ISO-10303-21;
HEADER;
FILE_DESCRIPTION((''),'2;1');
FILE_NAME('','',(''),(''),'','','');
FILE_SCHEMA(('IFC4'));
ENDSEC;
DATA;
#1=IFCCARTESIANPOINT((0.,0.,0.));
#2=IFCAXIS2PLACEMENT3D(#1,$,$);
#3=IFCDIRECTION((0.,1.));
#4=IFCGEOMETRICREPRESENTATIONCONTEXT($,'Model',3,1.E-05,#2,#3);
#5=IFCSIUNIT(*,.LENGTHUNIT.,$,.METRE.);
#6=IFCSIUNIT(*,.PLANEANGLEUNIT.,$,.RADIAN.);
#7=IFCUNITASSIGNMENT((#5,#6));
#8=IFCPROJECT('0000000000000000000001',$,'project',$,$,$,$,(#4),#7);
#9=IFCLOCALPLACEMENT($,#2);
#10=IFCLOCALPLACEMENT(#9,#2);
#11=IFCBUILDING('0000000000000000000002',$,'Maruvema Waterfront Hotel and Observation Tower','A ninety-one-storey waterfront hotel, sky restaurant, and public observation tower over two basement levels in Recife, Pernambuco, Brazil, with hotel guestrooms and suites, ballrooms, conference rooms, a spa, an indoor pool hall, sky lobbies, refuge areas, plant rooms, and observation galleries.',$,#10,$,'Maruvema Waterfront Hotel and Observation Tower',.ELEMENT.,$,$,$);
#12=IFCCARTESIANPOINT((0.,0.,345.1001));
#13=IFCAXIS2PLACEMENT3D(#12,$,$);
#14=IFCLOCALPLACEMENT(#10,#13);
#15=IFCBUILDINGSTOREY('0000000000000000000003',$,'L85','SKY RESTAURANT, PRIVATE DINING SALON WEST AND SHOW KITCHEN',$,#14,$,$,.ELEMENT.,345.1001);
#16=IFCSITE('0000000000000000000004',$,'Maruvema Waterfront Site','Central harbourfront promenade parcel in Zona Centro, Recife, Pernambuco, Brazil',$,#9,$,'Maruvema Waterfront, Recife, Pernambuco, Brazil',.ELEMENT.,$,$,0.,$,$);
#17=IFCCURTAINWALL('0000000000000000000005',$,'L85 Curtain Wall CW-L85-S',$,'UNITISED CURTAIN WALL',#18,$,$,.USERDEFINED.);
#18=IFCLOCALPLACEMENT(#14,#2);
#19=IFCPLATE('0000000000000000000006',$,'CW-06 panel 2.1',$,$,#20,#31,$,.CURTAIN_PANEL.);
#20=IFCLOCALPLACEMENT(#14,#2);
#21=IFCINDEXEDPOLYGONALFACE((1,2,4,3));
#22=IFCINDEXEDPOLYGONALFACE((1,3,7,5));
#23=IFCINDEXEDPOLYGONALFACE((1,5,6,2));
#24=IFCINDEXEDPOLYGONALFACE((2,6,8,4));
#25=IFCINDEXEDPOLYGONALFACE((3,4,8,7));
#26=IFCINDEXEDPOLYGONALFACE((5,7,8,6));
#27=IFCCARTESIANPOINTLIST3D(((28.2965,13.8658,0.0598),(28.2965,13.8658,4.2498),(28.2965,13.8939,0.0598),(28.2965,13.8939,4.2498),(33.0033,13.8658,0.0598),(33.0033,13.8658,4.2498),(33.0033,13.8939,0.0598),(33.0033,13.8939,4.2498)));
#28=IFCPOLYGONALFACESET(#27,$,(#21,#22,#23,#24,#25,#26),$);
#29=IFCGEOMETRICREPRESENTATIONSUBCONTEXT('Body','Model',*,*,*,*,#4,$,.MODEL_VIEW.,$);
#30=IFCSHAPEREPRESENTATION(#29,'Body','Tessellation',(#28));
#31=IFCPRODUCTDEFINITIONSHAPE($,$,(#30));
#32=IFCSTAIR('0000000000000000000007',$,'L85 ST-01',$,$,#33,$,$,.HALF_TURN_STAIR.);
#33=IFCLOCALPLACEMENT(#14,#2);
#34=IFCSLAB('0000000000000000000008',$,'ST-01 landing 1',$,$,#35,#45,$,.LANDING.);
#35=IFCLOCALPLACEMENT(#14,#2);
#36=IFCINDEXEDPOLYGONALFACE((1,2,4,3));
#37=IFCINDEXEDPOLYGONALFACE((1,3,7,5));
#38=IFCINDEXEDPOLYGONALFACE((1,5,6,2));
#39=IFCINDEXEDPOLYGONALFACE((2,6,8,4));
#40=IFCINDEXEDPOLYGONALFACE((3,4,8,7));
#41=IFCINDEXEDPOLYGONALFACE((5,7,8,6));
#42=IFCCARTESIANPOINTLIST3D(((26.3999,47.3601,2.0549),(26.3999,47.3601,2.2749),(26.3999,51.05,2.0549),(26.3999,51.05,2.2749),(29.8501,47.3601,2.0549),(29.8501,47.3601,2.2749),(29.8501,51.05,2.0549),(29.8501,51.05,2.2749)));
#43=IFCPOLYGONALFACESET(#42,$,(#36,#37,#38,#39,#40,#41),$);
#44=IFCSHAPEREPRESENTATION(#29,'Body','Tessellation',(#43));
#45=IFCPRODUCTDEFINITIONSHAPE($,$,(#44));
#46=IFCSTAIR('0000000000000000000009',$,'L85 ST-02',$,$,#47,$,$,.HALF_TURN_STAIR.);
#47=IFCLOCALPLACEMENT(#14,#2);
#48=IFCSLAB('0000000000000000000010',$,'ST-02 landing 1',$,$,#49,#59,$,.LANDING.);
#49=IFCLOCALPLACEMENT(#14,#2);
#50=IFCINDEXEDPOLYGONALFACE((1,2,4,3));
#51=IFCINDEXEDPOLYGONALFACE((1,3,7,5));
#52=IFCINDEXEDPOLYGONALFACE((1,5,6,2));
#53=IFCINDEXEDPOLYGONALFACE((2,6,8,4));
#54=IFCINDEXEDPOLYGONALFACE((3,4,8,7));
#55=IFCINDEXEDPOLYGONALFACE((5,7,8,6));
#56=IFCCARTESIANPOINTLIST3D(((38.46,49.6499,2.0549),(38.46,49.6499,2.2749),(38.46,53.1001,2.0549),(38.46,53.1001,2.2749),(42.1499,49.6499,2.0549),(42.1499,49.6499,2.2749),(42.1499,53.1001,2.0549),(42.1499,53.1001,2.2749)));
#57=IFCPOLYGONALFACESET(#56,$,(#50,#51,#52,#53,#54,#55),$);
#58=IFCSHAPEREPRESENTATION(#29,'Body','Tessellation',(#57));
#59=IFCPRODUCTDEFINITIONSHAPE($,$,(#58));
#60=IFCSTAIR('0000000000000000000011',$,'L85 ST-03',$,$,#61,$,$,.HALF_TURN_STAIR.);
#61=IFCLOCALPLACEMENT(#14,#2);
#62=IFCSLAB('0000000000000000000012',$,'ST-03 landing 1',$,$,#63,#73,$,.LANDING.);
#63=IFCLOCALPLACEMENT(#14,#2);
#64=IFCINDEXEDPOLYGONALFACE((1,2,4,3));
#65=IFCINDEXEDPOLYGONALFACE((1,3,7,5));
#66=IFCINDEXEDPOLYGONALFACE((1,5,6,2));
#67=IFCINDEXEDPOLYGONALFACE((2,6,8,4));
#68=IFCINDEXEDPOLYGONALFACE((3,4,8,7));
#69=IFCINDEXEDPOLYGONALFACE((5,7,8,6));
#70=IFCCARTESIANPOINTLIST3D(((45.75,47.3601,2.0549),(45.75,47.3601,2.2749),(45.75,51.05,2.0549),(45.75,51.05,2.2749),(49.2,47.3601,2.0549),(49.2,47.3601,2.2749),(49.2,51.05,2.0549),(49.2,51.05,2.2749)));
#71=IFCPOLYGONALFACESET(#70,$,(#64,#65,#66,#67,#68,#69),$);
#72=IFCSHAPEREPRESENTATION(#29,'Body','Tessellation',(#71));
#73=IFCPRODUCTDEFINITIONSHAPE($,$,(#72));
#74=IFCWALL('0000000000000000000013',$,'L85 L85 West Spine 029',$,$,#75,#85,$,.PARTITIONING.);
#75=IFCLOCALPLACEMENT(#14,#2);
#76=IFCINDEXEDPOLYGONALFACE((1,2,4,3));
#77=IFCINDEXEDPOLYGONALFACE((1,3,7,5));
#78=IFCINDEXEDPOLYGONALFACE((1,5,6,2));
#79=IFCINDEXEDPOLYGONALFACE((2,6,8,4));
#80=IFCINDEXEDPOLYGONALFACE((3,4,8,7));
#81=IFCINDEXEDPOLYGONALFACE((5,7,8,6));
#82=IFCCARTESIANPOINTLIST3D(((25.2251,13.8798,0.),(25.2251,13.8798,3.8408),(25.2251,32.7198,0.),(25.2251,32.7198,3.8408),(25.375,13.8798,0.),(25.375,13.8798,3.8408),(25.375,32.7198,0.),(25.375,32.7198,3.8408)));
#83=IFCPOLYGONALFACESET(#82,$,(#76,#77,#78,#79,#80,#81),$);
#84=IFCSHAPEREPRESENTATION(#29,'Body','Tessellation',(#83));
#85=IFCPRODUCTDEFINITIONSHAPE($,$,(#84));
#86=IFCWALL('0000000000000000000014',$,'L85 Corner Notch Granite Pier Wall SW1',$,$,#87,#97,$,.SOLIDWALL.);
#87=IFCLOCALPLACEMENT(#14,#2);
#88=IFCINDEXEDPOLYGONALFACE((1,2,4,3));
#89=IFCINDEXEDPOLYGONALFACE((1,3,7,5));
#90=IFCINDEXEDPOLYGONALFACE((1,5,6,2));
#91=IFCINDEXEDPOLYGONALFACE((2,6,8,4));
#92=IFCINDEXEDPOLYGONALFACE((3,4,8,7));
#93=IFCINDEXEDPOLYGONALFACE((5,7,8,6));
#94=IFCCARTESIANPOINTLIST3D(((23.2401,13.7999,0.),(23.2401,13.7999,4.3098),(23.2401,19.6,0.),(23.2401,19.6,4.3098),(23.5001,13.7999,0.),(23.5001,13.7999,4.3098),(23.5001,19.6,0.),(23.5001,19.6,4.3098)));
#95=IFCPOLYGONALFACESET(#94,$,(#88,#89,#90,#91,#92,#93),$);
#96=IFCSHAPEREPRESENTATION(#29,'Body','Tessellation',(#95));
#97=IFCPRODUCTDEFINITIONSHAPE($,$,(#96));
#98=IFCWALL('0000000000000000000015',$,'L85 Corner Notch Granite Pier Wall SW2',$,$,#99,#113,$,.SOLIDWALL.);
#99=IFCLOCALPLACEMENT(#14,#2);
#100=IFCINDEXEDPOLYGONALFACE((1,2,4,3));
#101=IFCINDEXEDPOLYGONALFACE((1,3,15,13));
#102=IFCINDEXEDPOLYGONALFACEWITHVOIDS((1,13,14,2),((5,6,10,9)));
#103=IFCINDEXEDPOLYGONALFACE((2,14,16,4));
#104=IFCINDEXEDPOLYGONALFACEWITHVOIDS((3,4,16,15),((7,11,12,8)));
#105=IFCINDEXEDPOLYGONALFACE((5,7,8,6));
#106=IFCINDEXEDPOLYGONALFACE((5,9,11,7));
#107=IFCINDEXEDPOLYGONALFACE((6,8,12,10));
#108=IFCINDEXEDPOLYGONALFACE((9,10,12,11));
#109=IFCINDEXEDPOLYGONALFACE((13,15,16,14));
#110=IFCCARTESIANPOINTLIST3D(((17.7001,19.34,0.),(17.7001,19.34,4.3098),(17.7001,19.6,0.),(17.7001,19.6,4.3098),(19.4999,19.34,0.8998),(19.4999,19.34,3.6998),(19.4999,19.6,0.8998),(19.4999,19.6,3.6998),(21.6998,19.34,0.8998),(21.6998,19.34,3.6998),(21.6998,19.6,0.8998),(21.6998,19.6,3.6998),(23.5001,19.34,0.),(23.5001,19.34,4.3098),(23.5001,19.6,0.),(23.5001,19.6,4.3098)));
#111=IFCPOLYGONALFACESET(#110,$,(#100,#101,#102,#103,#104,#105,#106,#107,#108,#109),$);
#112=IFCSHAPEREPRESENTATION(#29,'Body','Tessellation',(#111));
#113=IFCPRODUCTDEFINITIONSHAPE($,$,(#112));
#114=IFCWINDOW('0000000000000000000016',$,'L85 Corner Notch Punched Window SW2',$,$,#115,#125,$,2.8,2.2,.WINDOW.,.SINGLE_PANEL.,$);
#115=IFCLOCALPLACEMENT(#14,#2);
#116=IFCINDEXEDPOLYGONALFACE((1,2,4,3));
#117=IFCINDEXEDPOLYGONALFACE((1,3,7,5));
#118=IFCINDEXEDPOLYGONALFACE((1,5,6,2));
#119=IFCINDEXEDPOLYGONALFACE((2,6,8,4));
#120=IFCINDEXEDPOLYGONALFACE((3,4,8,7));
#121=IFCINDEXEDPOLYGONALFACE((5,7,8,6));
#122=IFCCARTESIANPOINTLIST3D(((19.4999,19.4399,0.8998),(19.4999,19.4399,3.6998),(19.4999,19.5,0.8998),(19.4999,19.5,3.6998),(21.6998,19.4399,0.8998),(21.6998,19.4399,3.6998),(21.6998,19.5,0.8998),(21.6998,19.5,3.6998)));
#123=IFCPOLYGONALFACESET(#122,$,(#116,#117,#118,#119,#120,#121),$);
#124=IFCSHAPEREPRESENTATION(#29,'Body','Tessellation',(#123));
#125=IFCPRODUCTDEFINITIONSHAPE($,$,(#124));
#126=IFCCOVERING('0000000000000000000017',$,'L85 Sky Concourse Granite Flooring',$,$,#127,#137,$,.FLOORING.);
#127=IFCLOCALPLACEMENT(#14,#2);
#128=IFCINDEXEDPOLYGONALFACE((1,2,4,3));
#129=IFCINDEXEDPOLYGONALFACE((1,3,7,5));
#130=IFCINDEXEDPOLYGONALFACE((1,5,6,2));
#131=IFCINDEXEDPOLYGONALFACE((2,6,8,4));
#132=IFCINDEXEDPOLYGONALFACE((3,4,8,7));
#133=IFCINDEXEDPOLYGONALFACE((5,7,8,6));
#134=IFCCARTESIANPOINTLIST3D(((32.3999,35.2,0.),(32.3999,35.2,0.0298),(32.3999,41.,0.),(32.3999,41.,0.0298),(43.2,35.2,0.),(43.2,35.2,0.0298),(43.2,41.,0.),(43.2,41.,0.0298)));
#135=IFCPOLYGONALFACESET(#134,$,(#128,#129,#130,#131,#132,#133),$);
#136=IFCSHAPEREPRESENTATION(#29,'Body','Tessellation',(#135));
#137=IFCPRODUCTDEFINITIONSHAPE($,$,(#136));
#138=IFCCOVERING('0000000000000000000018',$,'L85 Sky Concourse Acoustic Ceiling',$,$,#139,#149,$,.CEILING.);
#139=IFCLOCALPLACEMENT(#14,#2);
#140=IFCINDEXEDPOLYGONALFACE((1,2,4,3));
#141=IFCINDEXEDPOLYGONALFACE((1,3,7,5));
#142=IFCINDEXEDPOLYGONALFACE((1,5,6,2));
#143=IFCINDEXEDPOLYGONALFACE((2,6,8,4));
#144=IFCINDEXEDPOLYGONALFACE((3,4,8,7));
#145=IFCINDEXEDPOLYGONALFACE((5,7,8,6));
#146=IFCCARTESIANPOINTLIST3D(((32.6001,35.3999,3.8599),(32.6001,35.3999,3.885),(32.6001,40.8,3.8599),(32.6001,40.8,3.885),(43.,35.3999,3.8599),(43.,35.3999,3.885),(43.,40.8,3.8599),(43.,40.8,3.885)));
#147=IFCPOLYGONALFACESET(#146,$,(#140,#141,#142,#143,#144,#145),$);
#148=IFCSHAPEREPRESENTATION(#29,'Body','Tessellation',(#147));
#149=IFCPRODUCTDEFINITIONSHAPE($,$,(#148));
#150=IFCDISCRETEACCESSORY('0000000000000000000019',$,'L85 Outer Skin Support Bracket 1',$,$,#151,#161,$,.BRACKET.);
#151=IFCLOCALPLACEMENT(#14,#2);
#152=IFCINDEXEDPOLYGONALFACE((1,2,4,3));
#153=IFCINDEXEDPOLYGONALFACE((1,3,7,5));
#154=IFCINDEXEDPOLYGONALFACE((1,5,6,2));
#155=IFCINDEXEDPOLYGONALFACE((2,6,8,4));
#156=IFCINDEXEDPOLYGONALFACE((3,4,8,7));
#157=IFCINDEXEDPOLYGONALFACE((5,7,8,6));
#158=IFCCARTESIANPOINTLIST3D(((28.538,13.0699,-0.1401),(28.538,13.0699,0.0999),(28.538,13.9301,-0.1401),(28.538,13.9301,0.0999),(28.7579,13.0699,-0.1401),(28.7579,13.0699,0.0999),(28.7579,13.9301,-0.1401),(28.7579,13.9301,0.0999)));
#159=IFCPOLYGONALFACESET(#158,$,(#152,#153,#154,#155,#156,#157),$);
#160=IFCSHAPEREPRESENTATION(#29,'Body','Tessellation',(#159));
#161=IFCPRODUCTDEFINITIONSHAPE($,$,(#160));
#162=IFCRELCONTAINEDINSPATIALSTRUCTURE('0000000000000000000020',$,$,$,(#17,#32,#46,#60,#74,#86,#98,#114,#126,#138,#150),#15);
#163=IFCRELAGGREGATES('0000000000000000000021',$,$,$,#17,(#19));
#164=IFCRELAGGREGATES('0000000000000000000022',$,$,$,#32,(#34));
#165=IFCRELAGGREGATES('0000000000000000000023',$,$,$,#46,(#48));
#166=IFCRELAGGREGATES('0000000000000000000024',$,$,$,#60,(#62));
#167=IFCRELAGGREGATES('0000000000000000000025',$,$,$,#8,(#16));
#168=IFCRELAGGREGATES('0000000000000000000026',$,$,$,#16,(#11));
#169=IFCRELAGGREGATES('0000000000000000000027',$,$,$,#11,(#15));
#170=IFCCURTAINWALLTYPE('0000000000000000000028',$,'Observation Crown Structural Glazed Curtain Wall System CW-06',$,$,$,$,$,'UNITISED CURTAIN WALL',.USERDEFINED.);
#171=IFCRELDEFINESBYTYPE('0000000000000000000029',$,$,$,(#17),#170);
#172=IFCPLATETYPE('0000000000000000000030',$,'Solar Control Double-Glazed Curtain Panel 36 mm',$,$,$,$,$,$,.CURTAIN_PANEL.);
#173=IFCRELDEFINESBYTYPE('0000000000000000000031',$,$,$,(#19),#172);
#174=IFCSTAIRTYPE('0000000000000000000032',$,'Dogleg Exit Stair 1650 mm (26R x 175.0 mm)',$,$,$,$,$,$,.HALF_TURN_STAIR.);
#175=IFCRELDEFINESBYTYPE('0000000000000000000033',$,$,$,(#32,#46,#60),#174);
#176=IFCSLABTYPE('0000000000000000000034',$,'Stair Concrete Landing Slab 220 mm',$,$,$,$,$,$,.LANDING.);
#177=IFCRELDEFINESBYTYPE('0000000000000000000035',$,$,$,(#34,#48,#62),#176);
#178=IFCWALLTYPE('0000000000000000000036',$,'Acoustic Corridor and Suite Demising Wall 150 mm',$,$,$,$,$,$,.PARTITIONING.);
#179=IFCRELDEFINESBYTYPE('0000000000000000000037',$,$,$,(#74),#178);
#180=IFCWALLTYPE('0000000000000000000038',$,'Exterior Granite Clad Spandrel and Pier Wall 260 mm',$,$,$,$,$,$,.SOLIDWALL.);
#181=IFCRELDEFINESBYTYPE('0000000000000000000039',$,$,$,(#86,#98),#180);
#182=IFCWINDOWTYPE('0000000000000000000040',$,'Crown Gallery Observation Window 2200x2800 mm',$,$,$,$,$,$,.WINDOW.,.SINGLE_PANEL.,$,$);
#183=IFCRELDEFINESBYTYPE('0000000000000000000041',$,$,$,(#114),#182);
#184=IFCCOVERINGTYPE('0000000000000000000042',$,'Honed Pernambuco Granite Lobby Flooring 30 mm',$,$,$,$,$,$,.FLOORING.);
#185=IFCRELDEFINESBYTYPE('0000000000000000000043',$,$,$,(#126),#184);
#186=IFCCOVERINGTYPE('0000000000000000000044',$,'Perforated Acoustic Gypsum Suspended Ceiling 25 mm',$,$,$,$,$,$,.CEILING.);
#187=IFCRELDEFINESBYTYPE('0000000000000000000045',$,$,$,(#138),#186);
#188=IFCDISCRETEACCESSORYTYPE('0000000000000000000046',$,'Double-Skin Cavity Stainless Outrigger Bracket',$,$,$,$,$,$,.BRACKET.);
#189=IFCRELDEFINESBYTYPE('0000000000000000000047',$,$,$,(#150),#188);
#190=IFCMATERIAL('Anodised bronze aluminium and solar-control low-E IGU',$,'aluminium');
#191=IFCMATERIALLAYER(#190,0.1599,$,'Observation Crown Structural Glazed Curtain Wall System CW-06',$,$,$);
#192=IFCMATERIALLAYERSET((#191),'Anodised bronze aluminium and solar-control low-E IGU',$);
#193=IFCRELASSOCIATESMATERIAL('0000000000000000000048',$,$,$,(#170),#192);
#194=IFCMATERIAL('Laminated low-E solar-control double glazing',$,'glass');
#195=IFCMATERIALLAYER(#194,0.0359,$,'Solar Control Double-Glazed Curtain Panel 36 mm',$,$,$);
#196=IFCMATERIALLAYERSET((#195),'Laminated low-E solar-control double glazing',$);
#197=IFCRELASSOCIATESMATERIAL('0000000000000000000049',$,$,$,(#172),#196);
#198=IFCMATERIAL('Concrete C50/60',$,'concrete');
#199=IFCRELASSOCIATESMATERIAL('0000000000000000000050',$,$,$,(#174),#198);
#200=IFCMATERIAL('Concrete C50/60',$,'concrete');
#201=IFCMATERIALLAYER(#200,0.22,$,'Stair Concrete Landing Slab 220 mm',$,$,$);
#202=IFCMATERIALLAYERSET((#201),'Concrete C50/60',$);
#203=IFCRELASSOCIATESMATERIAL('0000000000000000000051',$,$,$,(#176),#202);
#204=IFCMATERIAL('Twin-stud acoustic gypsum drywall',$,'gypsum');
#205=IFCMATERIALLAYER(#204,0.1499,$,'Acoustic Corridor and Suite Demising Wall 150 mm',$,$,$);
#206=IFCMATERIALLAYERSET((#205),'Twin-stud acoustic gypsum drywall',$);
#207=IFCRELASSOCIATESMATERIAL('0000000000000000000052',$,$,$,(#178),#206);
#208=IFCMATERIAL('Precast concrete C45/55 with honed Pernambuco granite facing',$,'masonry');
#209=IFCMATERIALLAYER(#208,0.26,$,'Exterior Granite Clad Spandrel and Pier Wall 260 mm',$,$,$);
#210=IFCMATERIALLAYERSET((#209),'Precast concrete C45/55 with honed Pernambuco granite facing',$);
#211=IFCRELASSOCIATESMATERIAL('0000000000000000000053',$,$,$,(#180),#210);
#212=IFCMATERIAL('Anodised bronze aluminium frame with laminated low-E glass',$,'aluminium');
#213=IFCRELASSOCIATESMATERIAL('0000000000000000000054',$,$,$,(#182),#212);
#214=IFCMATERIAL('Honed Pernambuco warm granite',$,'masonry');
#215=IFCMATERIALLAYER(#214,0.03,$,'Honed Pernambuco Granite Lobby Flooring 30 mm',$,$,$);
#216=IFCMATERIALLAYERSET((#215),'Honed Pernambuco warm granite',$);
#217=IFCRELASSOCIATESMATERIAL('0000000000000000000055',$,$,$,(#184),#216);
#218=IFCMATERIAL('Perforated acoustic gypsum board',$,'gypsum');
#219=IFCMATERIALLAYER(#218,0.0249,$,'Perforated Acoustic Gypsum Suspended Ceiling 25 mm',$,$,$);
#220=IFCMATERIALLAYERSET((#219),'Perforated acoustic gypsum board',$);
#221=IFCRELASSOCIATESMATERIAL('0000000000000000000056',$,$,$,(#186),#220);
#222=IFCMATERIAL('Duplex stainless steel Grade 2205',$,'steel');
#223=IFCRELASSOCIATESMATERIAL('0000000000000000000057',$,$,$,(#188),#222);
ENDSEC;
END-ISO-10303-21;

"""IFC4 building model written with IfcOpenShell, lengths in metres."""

from ifc_helpers import new_model, si_unit, direction, frame, frame_2d, origin, origin_2d, place, context, subcontext, project, spatial, polyline, rectangle, outline, extrude, material, layer, layer_set, type_object, element, fill, aggregate, save


model = new_model("IFC4")

# Units and contexts
model_context = context("Model", 3, precision=1e-05, world=origin(), true_north=direction((0.0, 1.0)))
body_context = subcontext(model_context, "Body", "Model", "MODEL_VIEW")
ifc_project = project(units=[si_unit("LENGTHUNIT", "METRE"), si_unit("PLANEANGLEUNIT", "RADIAN")], contexts=[model_context])

# Site, building, storey
site_placement = place(None, origin())
site = spatial("IfcSite", under=ifc_project, at=site_placement, Name="Maruvema Waterfront Site", Description="Central harbourfront promenade parcel in Zona Centro, Recife, Pernambuco, Brazil", LongName="Maruvema Waterfront, Recife, Pernambuco, Brazil", CompositionType="ELEMENT", RefElevation=0.0)
building_placement = place(site_placement, origin())
building = spatial("IfcBuilding", under=site, at=building_placement, Name="Maruvema Waterfront Hotel and Observation Tower", Description="A ninety-one-storey waterfront hotel, sky restaurant, and public observation tower over two basement levels in Recife, Pernambuco, Brazil, with hotel guestrooms and suites, ballrooms, conference rooms, a spa, an indoor pool hall, sky lobbies, refuge areas, plant rooms, and observation galleries.", LongName="Maruvema Waterfront Hotel and Observation Tower", CompositionType="ELEMENT")
storey_placement = place(building_placement, frame((0.0, 0.0, 345.1001)))
storey = spatial("IfcBuildingStorey", under=building, at=storey_placement, Name="L85", Description="SKY RESTAURANT, PRIVATE DINING SALON WEST AND SHOW KITCHEN", CompositionType="ELEMENT", Elevation=345.1001)

# Curtain wall
ifc_material_1 = material(Name="Anodised bronze aluminium and solar-control low-E IGU", Category="aluminium")
ifc_layer_1 = layer(ifc_material_1, 0.1599, Name="Observation Crown Structural Glazed Curtain Wall System CW-06")
ifc_layer_set_1 = layer_set([ifc_layer_1], Name="Anodised bronze aluminium and solar-control low-E IGU")
curtain_wall_type = type_object("IfcCurtainWallType", Name="Observation Crown Structural Glazed Curtain Wall System CW-06", ElementType="UNITISED CURTAIN WALL", PredefinedType="USERDEFINED", material=ifc_layer_set_1)
curtain_wall_placement = place(storey_placement, origin())
curtain_wall = element("IfcCurtainWall", 1, at=curtain_wall_placement, inside=storey, type_object=curtain_wall_type, Name="L85 Curtain Wall CW-L85-S", ObjectType="UNITISED CURTAIN WALL", PredefinedType="USERDEFINED")

# Plate
ifc_material_2 = material(Name="Laminated low-E solar-control double glazing", Category="glass")
ifc_layer_2 = layer(ifc_material_2, 0.0359, Name="Solar Control Double-Glazed Curtain Panel 36 mm")
ifc_layer_set_2 = layer_set([ifc_layer_2], Name="Laminated low-E solar-control double glazing")
plate_type = type_object("IfcPlateType", Name="Solar Control Double-Glazed Curtain Panel 36 mm", PredefinedType="CURTAIN_PANEL", material=ifc_layer_set_2)
plate_1_placement = place(storey_placement, frame((30.6499, 13.8799, 0.0598), z_axis=(0.0, 0.0, 1.0), x_axis=(1.0, 0.0, 0.0)))
plate_1 = element("IfcPlate", 2, at=plate_1_placement, type_object=plate_type, Name="CW-06 panel 2.1", PredefinedType="CURTAIN_PANEL", context=body_context, shape_type="SweptSolid", body=[
    extrude(rectangle(XDim=4.7068, YDim=0.0281, at=origin_2d()), origin(), (0.0, 0.0, 1.0), 4.1899),
])
aggregate(curtain_wall, [plate_1])

# Stairs, slabs
ifc_material_3 = material(Name="Concrete C50/60", Category="concrete")
stair_type = type_object("IfcStairType", Name="Dogleg Exit Stair 1650 mm (26R x 175.0 mm)", PredefinedType="HALF_TURN_STAIR", material=ifc_material_3)
stair_1_placement = place(storey_placement, origin())
stair_1 = element("IfcStair", 3, at=stair_1_placement, inside=storey, type_object=stair_type, Name="L85 ST-01", PredefinedType="HALF_TURN_STAIR")
ifc_material_4 = material(Name="Concrete C50/60", Category="concrete")
ifc_layer_3 = layer(ifc_material_4, 0.22, Name="Stair Concrete Landing Slab 220 mm")
ifc_layer_set_3 = layer_set([ifc_layer_3], Name="Concrete C50/60")
slab_type_1 = type_object("IfcSlabType", Name="Stair Concrete Landing Slab 220 mm", PredefinedType="LANDING", material=ifc_layer_set_3)
slab_1_placement = place(storey_placement, frame((0.0, 0.0, 2.0549)))
slab_1 = element("IfcSlab", 4, at=slab_1_placement, type_object=slab_type_1, Name="ST-01 landing 1", PredefinedType="LANDING", context=body_context, shape_type="SweptSolid", body=[
    extrude(outline(polyline([(29.8501, 47.3601), (29.8501, 51.05), (26.3999, 51.05), (26.3999, 47.3601), (29.8501, 47.3601)])), origin(), (0.0, 0.0, 1.0), 0.22),
])
aggregate(stair_1, [slab_1])
stair_2_placement = place(storey_placement, origin())
stair_2 = element("IfcStair", 5, at=stair_2_placement, inside=storey, type_object=stair_type, Name="L85 ST-02", PredefinedType="HALF_TURN_STAIR")
slab_2_placement = place(storey_placement, frame((0.0, 0.0, 2.0549)))
slab_2 = element("IfcSlab", 6, at=slab_2_placement, type_object=slab_type_1, Name="ST-02 landing 1", PredefinedType="LANDING", context=body_context, shape_type="SweptSolid", body=[
    extrude(outline(polyline([(38.46, 49.6499), (42.1499, 49.6499), (42.1499, 53.1001), (38.46, 53.1001), (38.46, 49.6499)])), origin(), (0.0, 0.0, 1.0), 0.22),
])
aggregate(stair_2, [slab_2])
stair_3_placement = place(storey_placement, origin())
stair_3 = element("IfcStair", 7, at=stair_3_placement, inside=storey, type_object=stair_type, Name="L85 ST-03", PredefinedType="HALF_TURN_STAIR")
slab_3_placement = place(storey_placement, frame((0.0, 0.0, 2.0549)))
slab_3 = element("IfcSlab", 8, at=slab_3_placement, type_object=slab_type_1, Name="ST-03 landing 1", PredefinedType="LANDING", context=body_context, shape_type="SweptSolid", body=[
    extrude(outline(polyline([(49.2, 47.3601), (49.2, 51.05), (45.75, 51.05), (45.75, 47.3601), (49.2, 47.3601)])), origin(), (0.0, 0.0, 1.0), 0.22),
])
aggregate(stair_3, [slab_3])

# Walls
ifc_material_5 = material(Name="Twin-stud acoustic gypsum drywall", Category="gypsum")
ifc_layer_4 = layer(ifc_material_5, 0.1499, Name="Acoustic Corridor and Suite Demising Wall 150 mm")
ifc_layer_set_4 = layer_set([ifc_layer_4], Name="Twin-stud acoustic gypsum drywall")
wall_type_1 = type_object("IfcWallType", Name="Acoustic Corridor and Suite Demising Wall 150 mm", PredefinedType="PARTITIONING", material=ifc_layer_set_4)
wall_1_placement = place(storey_placement, frame((25.3, 13.8799, 0.0), z_axis=(0.0, 0.0, 1.0), x_axis=(0.0, 1.0, 0.0)))
element("IfcWall", 9, at=wall_1_placement, inside=storey, type_object=wall_type_1, Name="L85 L85 West Spine 029", PredefinedType="PARTITIONING", context=body_context, shape_type="SweptSolid", body=[
    extrude(rectangle(XDim=18.8401, YDim=0.1499, at=frame_2d((9.4199, 0.0))), origin(), (0.0, 0.0, 1.0), 3.8408),
])
ifc_material_6 = material(Name="Precast concrete C45/55 with honed Pernambuco granite facing", Category="masonry")
ifc_layer_5 = layer(ifc_material_6, 0.26, Name="Exterior Granite Clad Spandrel and Pier Wall 260 mm")
ifc_layer_set_5 = layer_set([ifc_layer_5], Name="Precast concrete C45/55 with honed Pernambuco granite facing")
wall_type_2 = type_object("IfcWallType", Name="Exterior Granite Clad Spandrel and Pier Wall 260 mm", PredefinedType="SOLIDWALL", material=ifc_layer_set_5)
wall_2_placement = place(storey_placement, frame((23.3701, 13.8, 0.0), z_axis=(0.0, 0.0, 1.0), x_axis=(0.0, 1.0, 0.0)))
element("IfcWall", 10, at=wall_2_placement, inside=storey, type_object=wall_type_2, Name="L85 Corner Notch Granite Pier Wall SW1", PredefinedType="SOLIDWALL", context=body_context, shape_type="SweptSolid", body=[
    extrude(rectangle(XDim=5.8, YDim=0.26, at=frame_2d((2.8999, 0.0))), origin(), (0.0, 0.0, 1.0), 4.3098),
])

# Wall, opening, window
wall_3_placement = place(storey_placement, frame((23.5, 19.47, 0.0), z_axis=(0.0, 0.0, 1.0), x_axis=(-1.0, 0.0, 0.0)))
wall_3 = element("IfcWall", 11, at=wall_3_placement, inside=storey, type_object=wall_type_2, Name="L85 Corner Notch Granite Pier Wall SW2", PredefinedType="SOLIDWALL", context=body_context, shape_type="SweptSolid", body=[
    extrude(rectangle(XDim=5.8, YDim=0.26, at=frame_2d((2.8999, 0.0))), origin(), (0.0, 0.0, 1.0), 4.3098),
])
opening_placement = place(wall_3_placement, frame((1.8, 0.0, 0.8999)))
opening = element("IfcOpeningElement", 12, at=opening_placement, cuts=wall_3, PredefinedType="OPENING", context=body_context, shape_type="SweptSolid", body=[
    extrude(rectangle(XDim=2.2, YDim=2.8, at=frame_2d((1.1001, 1.3999))), frame((0.0, 0.1401, 0.0), z_axis=(0.0, -1.0, 0.0), x_axis=(1.0, 0.0, 0.0)), (0.0, 0.0, 1.0), 0.28),
])
ifc_material_7 = material(Name="Anodised bronze aluminium frame with laminated low-E glass", Category="aluminium")
window_type = type_object("IfcWindowType", Name="Crown Gallery Observation Window 2200x2800 mm", PartitioningType="SINGLE_PANEL", PredefinedType="WINDOW", material=ifc_material_7)
window_placement = place(opening_placement, origin())
window = element("IfcWindow", 13, at=window_placement, inside=storey, type_object=window_type, Name="L85 Corner Notch Punched Window SW2", OverallHeight=2.8, OverallWidth=2.2, PartitioningType="SINGLE_PANEL", PredefinedType="WINDOW", context=body_context, shape_type="SweptSolid", body=[
    extrude(rectangle(XDim=2.2, YDim=2.8, at=frame_2d((1.1001, 1.3999))), frame((0.0, 0.03, 0.0), z_axis=(0.0, -1.0, 0.0), x_axis=(1.0, 0.0, 0.0)), (0.0, 0.0, 1.0), 0.0601),
])
fill(opening, window)

# Coverings
ifc_material_8 = material(Name="Honed Pernambuco warm granite", Category="masonry")
ifc_layer_6 = layer(ifc_material_8, 0.03, Name="Honed Pernambuco Granite Lobby Flooring 30 mm")
ifc_layer_set_6 = layer_set([ifc_layer_6], Name="Honed Pernambuco warm granite")
covering_type_1 = type_object("IfcCoveringType", Name="Honed Pernambuco Granite Lobby Flooring 30 mm", PredefinedType="FLOORING", material=ifc_layer_set_6)
covering_1_placement = place(storey_placement, origin())
element("IfcCovering", 14, at=covering_1_placement, inside=storey, type_object=covering_type_1, Name="L85 Sky Concourse Granite Flooring", PredefinedType="FLOORING", context=body_context, shape_type="SweptSolid", body=[
    extrude(outline(polyline([(32.3999, 35.2), (43.2, 35.2), (43.2, 41.0), (32.3999, 41.0), (32.3999, 35.2)])), origin(), (0.0, 0.0, 1.0), 0.0298),
])
ifc_material_9 = material(Name="Perforated acoustic gypsum board", Category="gypsum")
ifc_layer_7 = layer(ifc_material_9, 0.0249, Name="Perforated Acoustic Gypsum Suspended Ceiling 25 mm")
ifc_layer_set_7 = layer_set([ifc_layer_7], Name="Perforated acoustic gypsum board")
covering_type_2 = type_object("IfcCoveringType", Name="Perforated Acoustic Gypsum Suspended Ceiling 25 mm", PredefinedType="CEILING", material=ifc_layer_set_7)
covering_2_placement = place(storey_placement, frame((0.0, 0.0, 3.8599)))
element("IfcCovering", 15, at=covering_2_placement, inside=storey, type_object=covering_type_2, Name="L85 Sky Concourse Acoustic Ceiling", PredefinedType="CEILING", context=body_context, shape_type="SweptSolid", body=[
    extrude(outline(polyline([(32.6001, 35.3999), (43.0, 35.3999), (43.0, 40.8), (32.6001, 40.8), (32.6001, 35.3999)])), origin(), (0.0, 0.0, 1.0), 0.0251),
])

# Discrete accessory
ifc_material_10 = material(Name="Duplex stainless steel Grade 2205", Category="steel")
discrete_accessory_type = type_object("IfcDiscreteAccessoryType", Name="Double-Skin Cavity Stainless Outrigger Bracket", PredefinedType="BRACKET", material=ifc_material_10)
discrete_accessory_placement = place(storey_placement, frame((28.6479, 13.5, -0.1401), z_axis=(0.0, 0.0, 1.0), x_axis=(1.0, 0.0, 0.0)))
element("IfcDiscreteAccessory", 16, at=discrete_accessory_placement, inside=storey, type_object=discrete_accessory_type, Name="L85 Outer Skin Support Bracket 1", PredefinedType="BRACKET", context=body_context, shape_type="SweptSolid", body=[
    extrude(rectangle(XDim=0.22, YDim=0.8601, at=origin_2d()), origin(), (0.0, 0.0, 1.0), 0.24),
])

save(model, "model.ifc")
